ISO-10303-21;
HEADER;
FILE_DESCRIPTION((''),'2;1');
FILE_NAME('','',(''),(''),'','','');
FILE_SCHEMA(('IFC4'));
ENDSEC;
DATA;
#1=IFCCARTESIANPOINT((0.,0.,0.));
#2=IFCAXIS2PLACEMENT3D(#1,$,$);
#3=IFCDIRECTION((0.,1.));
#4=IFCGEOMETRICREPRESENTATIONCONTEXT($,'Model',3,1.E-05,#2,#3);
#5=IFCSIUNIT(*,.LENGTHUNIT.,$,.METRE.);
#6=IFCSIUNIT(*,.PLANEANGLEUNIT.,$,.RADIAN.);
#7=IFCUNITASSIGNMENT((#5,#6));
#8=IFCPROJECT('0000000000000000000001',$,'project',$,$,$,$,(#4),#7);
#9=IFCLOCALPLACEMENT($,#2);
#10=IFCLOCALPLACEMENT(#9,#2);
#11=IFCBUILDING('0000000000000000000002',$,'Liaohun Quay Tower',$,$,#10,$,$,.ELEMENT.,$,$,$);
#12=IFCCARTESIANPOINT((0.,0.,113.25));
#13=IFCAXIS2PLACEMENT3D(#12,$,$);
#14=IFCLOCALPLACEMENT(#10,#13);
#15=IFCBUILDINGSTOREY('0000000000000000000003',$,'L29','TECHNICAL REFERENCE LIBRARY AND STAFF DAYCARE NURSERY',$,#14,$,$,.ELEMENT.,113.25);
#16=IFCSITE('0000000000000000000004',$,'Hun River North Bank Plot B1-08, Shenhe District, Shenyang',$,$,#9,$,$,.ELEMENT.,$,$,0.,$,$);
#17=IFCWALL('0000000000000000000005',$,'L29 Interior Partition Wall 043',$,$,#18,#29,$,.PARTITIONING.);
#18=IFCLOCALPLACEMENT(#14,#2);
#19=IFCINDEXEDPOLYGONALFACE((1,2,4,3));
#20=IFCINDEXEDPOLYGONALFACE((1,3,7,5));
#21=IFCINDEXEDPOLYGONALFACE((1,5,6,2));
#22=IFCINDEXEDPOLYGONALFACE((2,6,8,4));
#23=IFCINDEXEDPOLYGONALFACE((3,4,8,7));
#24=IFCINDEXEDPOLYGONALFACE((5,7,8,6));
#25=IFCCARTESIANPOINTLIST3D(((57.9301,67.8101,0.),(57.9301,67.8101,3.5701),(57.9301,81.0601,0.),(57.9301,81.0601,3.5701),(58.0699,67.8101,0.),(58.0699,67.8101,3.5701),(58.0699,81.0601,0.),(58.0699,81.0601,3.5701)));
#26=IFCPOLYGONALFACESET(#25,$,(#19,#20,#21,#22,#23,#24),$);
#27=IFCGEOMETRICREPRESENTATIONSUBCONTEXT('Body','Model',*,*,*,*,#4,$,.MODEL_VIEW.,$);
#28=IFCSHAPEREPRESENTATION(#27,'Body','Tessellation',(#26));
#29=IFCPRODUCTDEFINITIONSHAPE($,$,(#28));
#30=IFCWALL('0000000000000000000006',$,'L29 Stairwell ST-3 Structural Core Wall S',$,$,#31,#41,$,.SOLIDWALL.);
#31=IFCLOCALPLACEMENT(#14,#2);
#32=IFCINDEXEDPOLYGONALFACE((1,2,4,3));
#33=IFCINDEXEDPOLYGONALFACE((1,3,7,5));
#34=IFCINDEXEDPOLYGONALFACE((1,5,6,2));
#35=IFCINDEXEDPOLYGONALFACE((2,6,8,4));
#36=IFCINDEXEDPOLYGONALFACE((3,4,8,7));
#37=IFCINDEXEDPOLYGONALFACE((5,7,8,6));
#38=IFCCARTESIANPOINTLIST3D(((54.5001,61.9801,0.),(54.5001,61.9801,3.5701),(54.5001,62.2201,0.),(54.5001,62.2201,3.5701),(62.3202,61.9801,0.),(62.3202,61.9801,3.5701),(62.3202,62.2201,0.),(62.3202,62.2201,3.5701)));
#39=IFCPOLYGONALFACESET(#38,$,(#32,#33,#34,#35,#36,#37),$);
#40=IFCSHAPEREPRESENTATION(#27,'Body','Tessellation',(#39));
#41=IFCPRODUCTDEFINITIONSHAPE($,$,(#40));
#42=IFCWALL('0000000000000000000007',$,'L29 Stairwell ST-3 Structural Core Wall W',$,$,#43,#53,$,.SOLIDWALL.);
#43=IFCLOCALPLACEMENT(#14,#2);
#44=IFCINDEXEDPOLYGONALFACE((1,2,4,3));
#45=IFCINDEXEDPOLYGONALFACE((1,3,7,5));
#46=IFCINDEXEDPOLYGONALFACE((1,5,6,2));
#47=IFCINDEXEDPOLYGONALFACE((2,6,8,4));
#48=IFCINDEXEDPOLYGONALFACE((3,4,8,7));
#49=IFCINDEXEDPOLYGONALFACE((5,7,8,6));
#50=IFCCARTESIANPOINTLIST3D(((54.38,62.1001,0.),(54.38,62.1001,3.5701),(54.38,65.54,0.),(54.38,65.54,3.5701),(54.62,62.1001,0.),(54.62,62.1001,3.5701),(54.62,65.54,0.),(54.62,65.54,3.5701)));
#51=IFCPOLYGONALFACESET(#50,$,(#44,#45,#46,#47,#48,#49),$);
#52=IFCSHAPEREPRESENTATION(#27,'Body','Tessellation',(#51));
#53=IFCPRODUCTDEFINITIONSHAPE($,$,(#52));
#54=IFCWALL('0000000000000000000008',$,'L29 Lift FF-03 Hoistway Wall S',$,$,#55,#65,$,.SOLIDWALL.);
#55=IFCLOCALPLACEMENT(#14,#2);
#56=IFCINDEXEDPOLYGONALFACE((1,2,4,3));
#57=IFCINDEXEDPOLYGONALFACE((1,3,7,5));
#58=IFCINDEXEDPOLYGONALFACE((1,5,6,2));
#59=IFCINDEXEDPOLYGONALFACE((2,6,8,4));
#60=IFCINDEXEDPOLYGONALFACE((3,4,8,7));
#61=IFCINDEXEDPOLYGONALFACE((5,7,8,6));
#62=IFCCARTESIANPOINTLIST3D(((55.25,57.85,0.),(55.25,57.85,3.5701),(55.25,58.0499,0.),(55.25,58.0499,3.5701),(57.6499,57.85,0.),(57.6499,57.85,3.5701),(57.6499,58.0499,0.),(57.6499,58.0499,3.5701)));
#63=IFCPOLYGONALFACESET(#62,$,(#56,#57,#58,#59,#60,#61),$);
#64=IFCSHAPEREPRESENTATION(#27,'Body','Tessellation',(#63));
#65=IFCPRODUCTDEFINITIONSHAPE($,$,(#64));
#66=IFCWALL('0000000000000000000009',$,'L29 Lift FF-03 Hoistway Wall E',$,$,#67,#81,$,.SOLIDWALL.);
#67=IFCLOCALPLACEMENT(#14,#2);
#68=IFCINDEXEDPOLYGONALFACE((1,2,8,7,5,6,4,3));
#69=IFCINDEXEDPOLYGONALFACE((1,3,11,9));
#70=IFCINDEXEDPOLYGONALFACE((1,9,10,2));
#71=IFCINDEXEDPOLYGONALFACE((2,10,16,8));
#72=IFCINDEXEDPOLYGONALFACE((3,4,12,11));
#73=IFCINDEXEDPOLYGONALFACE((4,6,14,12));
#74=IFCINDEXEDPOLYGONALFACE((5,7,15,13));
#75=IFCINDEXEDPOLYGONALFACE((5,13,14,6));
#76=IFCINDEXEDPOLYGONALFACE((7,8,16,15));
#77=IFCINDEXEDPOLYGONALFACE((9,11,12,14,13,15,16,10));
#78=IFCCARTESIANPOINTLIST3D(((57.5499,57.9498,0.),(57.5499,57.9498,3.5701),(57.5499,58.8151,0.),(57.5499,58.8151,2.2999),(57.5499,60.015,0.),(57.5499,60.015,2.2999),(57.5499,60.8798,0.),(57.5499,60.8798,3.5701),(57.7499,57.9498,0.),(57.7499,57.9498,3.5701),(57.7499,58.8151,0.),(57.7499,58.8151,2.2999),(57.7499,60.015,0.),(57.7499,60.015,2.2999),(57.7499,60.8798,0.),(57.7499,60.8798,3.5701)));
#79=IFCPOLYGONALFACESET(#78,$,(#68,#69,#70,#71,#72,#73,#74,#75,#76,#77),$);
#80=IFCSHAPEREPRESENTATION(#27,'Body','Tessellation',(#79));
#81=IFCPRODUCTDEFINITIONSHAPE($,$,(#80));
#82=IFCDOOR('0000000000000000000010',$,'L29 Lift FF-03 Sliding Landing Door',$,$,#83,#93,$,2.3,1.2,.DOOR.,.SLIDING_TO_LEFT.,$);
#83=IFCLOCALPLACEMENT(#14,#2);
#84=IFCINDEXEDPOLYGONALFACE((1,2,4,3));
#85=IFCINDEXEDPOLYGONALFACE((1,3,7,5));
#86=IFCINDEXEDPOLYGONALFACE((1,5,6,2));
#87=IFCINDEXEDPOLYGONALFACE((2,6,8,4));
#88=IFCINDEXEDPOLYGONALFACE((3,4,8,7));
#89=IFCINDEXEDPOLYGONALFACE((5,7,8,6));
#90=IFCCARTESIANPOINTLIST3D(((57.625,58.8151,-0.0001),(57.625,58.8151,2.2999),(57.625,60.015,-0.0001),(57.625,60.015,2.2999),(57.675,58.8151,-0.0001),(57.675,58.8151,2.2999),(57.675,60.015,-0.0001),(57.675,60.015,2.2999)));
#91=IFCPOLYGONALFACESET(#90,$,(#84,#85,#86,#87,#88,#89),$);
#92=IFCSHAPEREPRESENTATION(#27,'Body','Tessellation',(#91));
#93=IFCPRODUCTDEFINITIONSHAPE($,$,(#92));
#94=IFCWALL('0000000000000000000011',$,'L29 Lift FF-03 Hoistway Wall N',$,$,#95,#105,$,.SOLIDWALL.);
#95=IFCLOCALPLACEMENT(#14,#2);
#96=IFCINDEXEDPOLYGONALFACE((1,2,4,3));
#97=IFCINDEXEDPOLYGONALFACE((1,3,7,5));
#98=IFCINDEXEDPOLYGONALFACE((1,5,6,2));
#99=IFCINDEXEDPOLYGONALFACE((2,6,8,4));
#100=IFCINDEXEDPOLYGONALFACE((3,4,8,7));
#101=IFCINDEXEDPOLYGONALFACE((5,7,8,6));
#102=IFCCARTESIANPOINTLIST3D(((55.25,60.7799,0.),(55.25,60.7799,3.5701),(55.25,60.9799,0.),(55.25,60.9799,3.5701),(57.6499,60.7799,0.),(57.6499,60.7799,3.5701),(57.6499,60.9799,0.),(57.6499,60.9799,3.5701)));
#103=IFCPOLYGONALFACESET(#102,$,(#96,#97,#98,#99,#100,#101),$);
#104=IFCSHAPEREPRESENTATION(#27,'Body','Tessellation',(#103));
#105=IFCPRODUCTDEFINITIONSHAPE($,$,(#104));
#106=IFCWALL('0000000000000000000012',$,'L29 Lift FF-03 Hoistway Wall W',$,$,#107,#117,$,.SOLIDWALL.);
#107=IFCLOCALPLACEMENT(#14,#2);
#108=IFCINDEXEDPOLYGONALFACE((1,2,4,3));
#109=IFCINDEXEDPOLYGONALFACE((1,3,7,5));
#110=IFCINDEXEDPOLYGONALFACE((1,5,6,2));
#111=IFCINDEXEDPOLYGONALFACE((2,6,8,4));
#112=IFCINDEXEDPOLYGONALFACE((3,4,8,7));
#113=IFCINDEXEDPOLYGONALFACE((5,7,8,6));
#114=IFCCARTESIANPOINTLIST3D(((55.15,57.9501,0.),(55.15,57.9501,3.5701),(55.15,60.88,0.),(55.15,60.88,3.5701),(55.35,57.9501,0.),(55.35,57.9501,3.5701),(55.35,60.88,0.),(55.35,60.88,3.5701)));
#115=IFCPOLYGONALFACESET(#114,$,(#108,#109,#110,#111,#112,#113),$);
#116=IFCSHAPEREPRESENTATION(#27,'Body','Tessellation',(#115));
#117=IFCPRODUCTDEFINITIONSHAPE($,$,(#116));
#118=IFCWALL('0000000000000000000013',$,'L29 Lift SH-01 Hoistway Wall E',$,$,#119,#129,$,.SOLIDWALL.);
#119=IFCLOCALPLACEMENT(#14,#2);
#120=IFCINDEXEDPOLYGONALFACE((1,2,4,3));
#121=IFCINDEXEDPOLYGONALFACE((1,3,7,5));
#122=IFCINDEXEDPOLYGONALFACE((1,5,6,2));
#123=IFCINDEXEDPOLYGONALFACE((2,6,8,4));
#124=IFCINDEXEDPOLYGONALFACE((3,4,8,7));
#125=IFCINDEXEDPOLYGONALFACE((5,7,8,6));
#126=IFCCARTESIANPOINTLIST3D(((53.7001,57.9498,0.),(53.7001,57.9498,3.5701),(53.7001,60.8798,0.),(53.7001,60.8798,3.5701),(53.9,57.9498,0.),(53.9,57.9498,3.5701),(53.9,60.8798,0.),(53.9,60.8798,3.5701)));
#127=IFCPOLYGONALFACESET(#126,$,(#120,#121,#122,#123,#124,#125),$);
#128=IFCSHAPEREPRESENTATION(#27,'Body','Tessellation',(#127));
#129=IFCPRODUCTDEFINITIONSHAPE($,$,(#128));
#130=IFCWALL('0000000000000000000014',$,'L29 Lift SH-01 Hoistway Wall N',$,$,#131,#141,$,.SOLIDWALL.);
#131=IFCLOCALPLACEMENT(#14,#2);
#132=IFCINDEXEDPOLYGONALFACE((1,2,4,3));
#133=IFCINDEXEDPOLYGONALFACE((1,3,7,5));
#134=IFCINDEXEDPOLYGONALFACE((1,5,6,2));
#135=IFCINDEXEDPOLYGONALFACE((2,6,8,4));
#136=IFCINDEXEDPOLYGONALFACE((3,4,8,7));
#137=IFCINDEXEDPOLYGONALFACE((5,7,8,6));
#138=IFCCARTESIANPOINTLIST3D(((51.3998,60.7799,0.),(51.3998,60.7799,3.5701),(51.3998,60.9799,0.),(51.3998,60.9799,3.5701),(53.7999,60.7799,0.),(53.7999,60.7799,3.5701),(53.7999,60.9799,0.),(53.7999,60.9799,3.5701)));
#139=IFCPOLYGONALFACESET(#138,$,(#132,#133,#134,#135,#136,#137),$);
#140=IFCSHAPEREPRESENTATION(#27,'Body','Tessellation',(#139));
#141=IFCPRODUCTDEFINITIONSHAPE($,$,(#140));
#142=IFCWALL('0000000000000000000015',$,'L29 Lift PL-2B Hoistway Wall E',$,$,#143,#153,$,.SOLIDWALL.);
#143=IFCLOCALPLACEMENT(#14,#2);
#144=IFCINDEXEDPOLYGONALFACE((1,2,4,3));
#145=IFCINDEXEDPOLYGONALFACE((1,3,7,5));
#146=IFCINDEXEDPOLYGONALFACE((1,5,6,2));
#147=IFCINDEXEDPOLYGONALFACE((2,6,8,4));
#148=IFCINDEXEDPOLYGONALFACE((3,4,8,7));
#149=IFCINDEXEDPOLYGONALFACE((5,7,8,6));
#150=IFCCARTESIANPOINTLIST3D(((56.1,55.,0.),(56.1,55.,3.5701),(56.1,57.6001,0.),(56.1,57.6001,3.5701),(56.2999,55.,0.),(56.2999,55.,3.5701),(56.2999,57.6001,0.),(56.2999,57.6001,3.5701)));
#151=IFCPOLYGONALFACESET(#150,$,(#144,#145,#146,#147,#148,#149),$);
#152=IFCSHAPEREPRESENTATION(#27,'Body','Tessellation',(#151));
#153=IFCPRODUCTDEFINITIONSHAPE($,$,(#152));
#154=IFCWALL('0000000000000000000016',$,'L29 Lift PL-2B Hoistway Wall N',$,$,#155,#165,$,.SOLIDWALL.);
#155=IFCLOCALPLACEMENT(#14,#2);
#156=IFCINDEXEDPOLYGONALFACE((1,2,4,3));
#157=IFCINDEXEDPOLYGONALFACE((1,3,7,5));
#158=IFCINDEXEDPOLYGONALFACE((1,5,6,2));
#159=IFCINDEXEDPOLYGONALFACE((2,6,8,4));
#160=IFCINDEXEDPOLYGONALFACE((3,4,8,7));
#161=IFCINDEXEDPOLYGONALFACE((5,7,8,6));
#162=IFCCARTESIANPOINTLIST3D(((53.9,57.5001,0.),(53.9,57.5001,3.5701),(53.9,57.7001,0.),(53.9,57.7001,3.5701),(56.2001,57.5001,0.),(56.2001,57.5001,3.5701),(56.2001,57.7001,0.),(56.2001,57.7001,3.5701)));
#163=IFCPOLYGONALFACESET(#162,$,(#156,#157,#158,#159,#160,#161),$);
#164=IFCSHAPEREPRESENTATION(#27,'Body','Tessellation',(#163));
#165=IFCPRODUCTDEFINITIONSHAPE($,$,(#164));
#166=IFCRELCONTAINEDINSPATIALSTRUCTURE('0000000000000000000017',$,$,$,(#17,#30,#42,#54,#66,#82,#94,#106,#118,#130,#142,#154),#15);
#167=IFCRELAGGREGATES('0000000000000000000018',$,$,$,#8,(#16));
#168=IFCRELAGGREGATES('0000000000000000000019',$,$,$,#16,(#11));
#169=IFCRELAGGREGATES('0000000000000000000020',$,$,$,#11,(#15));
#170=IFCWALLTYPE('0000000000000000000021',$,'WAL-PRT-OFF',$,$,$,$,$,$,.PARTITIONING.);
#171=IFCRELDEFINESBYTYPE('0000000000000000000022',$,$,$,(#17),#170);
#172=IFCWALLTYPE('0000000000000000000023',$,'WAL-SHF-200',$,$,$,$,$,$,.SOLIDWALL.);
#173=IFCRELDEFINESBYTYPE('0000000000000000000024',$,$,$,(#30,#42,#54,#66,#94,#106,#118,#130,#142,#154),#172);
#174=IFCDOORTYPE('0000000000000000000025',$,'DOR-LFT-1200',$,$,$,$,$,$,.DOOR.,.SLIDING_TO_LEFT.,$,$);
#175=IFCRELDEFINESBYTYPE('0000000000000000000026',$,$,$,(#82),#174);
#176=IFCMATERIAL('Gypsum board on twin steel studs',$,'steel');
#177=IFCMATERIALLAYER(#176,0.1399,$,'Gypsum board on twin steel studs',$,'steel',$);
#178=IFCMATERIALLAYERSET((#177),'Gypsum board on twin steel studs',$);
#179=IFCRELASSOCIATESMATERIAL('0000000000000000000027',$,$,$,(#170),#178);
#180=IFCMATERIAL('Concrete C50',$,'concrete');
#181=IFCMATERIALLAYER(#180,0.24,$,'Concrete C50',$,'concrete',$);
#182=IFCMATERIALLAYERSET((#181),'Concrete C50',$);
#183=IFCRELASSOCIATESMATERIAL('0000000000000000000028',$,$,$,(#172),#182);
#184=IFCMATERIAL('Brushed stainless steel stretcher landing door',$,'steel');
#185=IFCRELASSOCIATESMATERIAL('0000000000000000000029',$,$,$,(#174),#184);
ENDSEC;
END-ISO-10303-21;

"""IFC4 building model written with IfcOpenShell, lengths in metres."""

from ifc_helpers import new_model, si_unit, direction, frame, frame_2d, origin, place, context, subcontext, project, spatial, rectangle, extrude, source, transform, mapped, material, layer, layer_set, type_object, element, fill, save


model = new_model("IFC4")

# Units and contexts
model_context = context("Model", 3, precision=1e-05, world=origin(), true_north=direction((0.0, 1.0)))
body_context = subcontext(model_context, "Body", "Model", "MODEL_VIEW")
ifc_project = project(units=[si_unit("LENGTHUNIT", "METRE"), si_unit("PLANEANGLEUNIT", "RADIAN")], contexts=[model_context])

# Site, building, storey
site_placement = place(None, origin())
site = spatial("IfcSite", under=ifc_project, at=site_placement, Name="Hun River North Bank Plot B1-08, Shenhe District, Shenyang", CompositionType="ELEMENT", RefElevation=0.0)
building_placement = place(site_placement, origin())
building = spatial("IfcBuilding", under=site, at=building_placement, Name="Liaohun Quay Tower", CompositionType="ELEMENT")
storey_placement = place(building_placement, frame((0.0, 0.0, 113.25)))
storey = spatial("IfcBuildingStorey", under=building, at=storey_placement, Name="L29", Description="TECHNICAL REFERENCE LIBRARY AND STAFF DAYCARE NURSERY", CompositionType="ELEMENT", Elevation=113.25)

# Walls
ifc_material_1 = material(Name="Gypsum board on twin steel studs", Category="steel")
ifc_layer_1 = layer(ifc_material_1, 0.1399, Name="Gypsum board on twin steel studs", Category="steel")
ifc_layer_set_1 = layer_set([ifc_layer_1], Name="Gypsum board on twin steel studs")
wall_type_1 = type_object("IfcWallType", Name="WAL-PRT-OFF", PredefinedType="PARTITIONING", material=ifc_layer_set_1)
wall_1_placement = place(storey_placement, frame((58.0, 67.8101, 0.0), z_axis=(0.0, 0.0, 1.0), x_axis=(0.0, 1.0, 0.0)))
element("IfcWall", 1, at=wall_1_placement, inside=storey, type_object=wall_type_1, Name="L29 Interior Partition Wall 043", PredefinedType="PARTITIONING", context=body_context, shape_type="SweptSolid", body=[
    extrude(rectangle(XDim=13.25, YDim=0.1399, at=frame_2d((6.625, 0.0))), origin(), (0.0, 0.0, 1.0), 3.5701),
])
ifc_material_2 = material(Name="Concrete C50", Category="concrete")
ifc_layer_2 = layer(ifc_material_2, 0.24, Name="Concrete C50", Category="concrete")
ifc_layer_set_2 = layer_set([ifc_layer_2], Name="Concrete C50")
wall_type_2 = type_object("IfcWallType", Name="WAL-SHF-200", PredefinedType="SOLIDWALL", material=ifc_layer_set_2)
wall_2_placement = place(storey_placement, frame((54.5, 62.1001, 0.0), z_axis=(0.0, 0.0, 1.0), x_axis=(1.0, 0.0, 0.0)))
element("IfcWall", 2, at=wall_2_placement, inside=storey, type_object=wall_type_2, Name="L29 Stairwell ST-3 Structural Core Wall S", PredefinedType="SOLIDWALL", context=body_context, shape_type="SweptSolid", body=[
    extrude(rectangle(XDim=7.8201, YDim=0.24, at=frame_2d((3.9102, 0.0))), origin(), (0.0, 0.0, 1.0), 3.5701),
])
wall_3_placement = place(storey_placement, frame((54.5, 65.54, 0.0), z_axis=(0.0, 0.0, 1.0), x_axis=(0.0, -1.0, 0.0)))
element("IfcWall", 3, at=wall_3_placement, inside=storey, type_object=wall_type_2, Name="L29 Stairwell ST-3 Structural Core Wall W", PredefinedType="SOLIDWALL", context=body_context, shape_type="SweptSolid", body=[
    extrude(rectangle(XDim=3.4399, YDim=0.24, at=frame_2d((1.72, 0.0))), origin(), (0.0, 0.0, 1.0), 3.5701),
])
wall_4_placement = place(storey_placement, frame((55.25, 57.95, 0.0), z_axis=(0.0, 0.0, 1.0), x_axis=(1.0, 0.0, 0.0)))
element("IfcWall", 4, at=wall_4_placement, inside=storey, type_object=wall_type_2, Name="L29 Lift FF-03 Hoistway Wall S", PredefinedType="SOLIDWALL", context=body_context, shape_type="SweptSolid", body=[
    extrude(rectangle(XDim=2.3999, YDim=0.2, at=frame_2d((1.2, 0.0))), origin(), (0.0, 0.0, 1.0), 3.5701),
])

# Wall, opening, door
wall_5_placement = place(storey_placement, frame((57.6499, 57.95, 0.0), z_axis=(0.0, 0.0, 1.0), x_axis=(0.0, 1.0, 0.0)))
wall_5 = element("IfcWall", 5, at=wall_5_placement, inside=storey, type_object=wall_type_2, Name="L29 Lift FF-03 Hoistway Wall E", PredefinedType="SOLIDWALL", context=body_context, shape_type="SweptSolid", body=[
    extrude(rectangle(XDim=2.9299, YDim=0.2, at=frame_2d((1.4648, 0.0))), origin(), (0.0, 0.0, 1.0), 3.5701),
])
shared_shape_1 = source(origin(), body_context, "Body", "SweptSolid", [
    extrude(rectangle(XDim=1.2, YDim=2.3, at=frame_2d((0.6001, 1.1499))), frame((0.0, 0.1099, 0.0), z_axis=(0.0, -1.0, 0.0), x_axis=(1.0, 0.0, 0.0)), (0.0, 0.0, 1.0), 0.22),
])
opening_1_placement = place(wall_5_placement, frame((0.865, 0.0, 0.0)))
opening_1 = element("IfcOpeningElement", 6, at=opening_1_placement, cuts=wall_5, PredefinedType="OPENING", context=body_context, shape_type="MappedRepresentation", body=[
    mapped(shared_shape_1, transform((0.0, 0.0, 0.0), x_axis=(1.0, 0.0, 0.0), y_axis=(0.0, 1.0, 0.0), z_axis=(0.0, 0.0, 1.0), scale=1.0)),
])
ifc_material_3 = material(Name="Brushed stainless steel stretcher landing door", Category="steel")
door_type_1 = type_object("IfcDoorType", Name="DOR-LFT-1200", OperationType="SLIDING_TO_LEFT", PredefinedType="DOOR", material=ifc_material_3)
shared_shape_2 = source(origin(), body_context, "Body", "SweptSolid", [
    extrude(rectangle(XDim=1.2, YDim=2.3, at=frame_2d((0.6001, 1.1499))), frame((0.0, 0.0249, 0.0), z_axis=(0.0, -1.0, 0.0), x_axis=(1.0, 0.0, 0.0)), (0.0, 0.0, 1.0), 0.05),
])
door_1_placement = place(opening_1_placement, origin())
door_1 = element("IfcDoor", 7, at=door_1_placement, inside=storey, type_object=door_type_1, Name="L29 Lift FF-03 Sliding Landing Door", OperationType="SLIDING_TO_LEFT", OverallHeight=2.3, OverallWidth=1.2, PredefinedType="DOOR", context=body_context, shape_type="MappedRepresentation", body=[
    mapped(shared_shape_2, transform((0.0, 0.0, 0.0), x_axis=(1.0, 0.0, 0.0), y_axis=(0.0, 1.0, 0.0), z_axis=(0.0, 0.0, 1.0), scale=1.0)),
])
fill(opening_1, door_1)

# Walls
wall_6_placement = place(storey_placement, frame((57.6499, 60.8799, 0.0), z_axis=(0.0, 0.0, 1.0), x_axis=(-1.0, 0.0, 0.0)))
element("IfcWall", 8, at=wall_6_placement, inside=storey, type_object=wall_type_2, Name="L29 Lift FF-03 Hoistway Wall N", PredefinedType="SOLIDWALL", context=body_context, shape_type="SweptSolid", body=[
    extrude(rectangle(XDim=2.3999, YDim=0.2, at=frame_2d((1.2, 0.0))), origin(), (0.0, 0.0, 1.0), 3.5701),
])
for number, where, z_axis, x_axis, name in (
    (9, (55.25, 60.8799, 0.0), (0.0, 0.0, 1.0), (0.0, -1.0, 0.0), "L29 Lift FF-03 Hoistway Wall W"),
    (10, (53.8, 57.95, 0.0), (0.0, 0.0, 1.0), (0.0, 1.0, 0.0), "L29 Lift SH-01 Hoistway Wall E"),
):
    element("IfcWall", number, at=place(storey_placement, frame(where, z_axis=z_axis, x_axis=x_axis)), inside=storey, type_object=wall_type_2, Name=name, PredefinedType="SOLIDWALL", context=body_context, shape_type="SweptSolid", body=[
        extrude(rectangle(XDim=2.9299, YDim=0.2, at=frame_2d((1.4648, 0.0))), origin(), (0.0, 0.0, 1.0), 3.5701),
    ])
wall_7_placement = place(storey_placement, frame((53.8, 60.8799, 0.0), z_axis=(0.0, 0.0, 1.0), x_axis=(-1.0, 0.0, 0.0)))
element("IfcWall", 11, at=wall_7_placement, inside=storey, type_object=wall_type_2, Name="L29 Lift SH-01 Hoistway Wall N", PredefinedType="SOLIDWALL", context=body_context, shape_type="SweptSolid", body=[
    extrude(rectangle(XDim=2.4001, YDim=0.2, at=frame_2d((1.2002, 0.0))), origin(), (0.0, 0.0, 1.0), 3.5701),
])
wall_8_placement = place(storey_placement, frame((56.2, 55.0, 0.0), z_axis=(0.0, 0.0, 1.0), x_axis=(0.0, 1.0, 0.0)))
element("IfcWall", 12, at=wall_8_placement, inside=storey, type_object=wall_type_2, Name="L29 Lift PL-2B Hoistway Wall E", PredefinedType="SOLIDWALL", context=body_context, shape_type="SweptSolid", body=[
    extrude(rectangle(XDim=2.6001, YDim=0.2, at=frame_2d((1.3, 0.0))), origin(), (0.0, 0.0, 1.0), 3.5701),
])
wall_9_placement = place(storey_placement, frame((56.2, 57.6001, 0.0), z_axis=(0.0, 0.0, 1.0), x_axis=(-1.0, 0.0, 0.0)))
element("IfcWall", 13, at=wall_9_placement, inside=storey, type_object=wall_type_2, Name="L29 Lift PL-2B Hoistway Wall N", PredefinedType="SOLIDWALL", context=body_context, shape_type="SweptSolid", body=[
    extrude(rectangle(XDim=2.3, YDim=0.2, at=frame_2d((1.1499, 0.0))), origin(), (0.0, 0.0, 1.0), 3.5701),
])

save(model, "model.ifc")
